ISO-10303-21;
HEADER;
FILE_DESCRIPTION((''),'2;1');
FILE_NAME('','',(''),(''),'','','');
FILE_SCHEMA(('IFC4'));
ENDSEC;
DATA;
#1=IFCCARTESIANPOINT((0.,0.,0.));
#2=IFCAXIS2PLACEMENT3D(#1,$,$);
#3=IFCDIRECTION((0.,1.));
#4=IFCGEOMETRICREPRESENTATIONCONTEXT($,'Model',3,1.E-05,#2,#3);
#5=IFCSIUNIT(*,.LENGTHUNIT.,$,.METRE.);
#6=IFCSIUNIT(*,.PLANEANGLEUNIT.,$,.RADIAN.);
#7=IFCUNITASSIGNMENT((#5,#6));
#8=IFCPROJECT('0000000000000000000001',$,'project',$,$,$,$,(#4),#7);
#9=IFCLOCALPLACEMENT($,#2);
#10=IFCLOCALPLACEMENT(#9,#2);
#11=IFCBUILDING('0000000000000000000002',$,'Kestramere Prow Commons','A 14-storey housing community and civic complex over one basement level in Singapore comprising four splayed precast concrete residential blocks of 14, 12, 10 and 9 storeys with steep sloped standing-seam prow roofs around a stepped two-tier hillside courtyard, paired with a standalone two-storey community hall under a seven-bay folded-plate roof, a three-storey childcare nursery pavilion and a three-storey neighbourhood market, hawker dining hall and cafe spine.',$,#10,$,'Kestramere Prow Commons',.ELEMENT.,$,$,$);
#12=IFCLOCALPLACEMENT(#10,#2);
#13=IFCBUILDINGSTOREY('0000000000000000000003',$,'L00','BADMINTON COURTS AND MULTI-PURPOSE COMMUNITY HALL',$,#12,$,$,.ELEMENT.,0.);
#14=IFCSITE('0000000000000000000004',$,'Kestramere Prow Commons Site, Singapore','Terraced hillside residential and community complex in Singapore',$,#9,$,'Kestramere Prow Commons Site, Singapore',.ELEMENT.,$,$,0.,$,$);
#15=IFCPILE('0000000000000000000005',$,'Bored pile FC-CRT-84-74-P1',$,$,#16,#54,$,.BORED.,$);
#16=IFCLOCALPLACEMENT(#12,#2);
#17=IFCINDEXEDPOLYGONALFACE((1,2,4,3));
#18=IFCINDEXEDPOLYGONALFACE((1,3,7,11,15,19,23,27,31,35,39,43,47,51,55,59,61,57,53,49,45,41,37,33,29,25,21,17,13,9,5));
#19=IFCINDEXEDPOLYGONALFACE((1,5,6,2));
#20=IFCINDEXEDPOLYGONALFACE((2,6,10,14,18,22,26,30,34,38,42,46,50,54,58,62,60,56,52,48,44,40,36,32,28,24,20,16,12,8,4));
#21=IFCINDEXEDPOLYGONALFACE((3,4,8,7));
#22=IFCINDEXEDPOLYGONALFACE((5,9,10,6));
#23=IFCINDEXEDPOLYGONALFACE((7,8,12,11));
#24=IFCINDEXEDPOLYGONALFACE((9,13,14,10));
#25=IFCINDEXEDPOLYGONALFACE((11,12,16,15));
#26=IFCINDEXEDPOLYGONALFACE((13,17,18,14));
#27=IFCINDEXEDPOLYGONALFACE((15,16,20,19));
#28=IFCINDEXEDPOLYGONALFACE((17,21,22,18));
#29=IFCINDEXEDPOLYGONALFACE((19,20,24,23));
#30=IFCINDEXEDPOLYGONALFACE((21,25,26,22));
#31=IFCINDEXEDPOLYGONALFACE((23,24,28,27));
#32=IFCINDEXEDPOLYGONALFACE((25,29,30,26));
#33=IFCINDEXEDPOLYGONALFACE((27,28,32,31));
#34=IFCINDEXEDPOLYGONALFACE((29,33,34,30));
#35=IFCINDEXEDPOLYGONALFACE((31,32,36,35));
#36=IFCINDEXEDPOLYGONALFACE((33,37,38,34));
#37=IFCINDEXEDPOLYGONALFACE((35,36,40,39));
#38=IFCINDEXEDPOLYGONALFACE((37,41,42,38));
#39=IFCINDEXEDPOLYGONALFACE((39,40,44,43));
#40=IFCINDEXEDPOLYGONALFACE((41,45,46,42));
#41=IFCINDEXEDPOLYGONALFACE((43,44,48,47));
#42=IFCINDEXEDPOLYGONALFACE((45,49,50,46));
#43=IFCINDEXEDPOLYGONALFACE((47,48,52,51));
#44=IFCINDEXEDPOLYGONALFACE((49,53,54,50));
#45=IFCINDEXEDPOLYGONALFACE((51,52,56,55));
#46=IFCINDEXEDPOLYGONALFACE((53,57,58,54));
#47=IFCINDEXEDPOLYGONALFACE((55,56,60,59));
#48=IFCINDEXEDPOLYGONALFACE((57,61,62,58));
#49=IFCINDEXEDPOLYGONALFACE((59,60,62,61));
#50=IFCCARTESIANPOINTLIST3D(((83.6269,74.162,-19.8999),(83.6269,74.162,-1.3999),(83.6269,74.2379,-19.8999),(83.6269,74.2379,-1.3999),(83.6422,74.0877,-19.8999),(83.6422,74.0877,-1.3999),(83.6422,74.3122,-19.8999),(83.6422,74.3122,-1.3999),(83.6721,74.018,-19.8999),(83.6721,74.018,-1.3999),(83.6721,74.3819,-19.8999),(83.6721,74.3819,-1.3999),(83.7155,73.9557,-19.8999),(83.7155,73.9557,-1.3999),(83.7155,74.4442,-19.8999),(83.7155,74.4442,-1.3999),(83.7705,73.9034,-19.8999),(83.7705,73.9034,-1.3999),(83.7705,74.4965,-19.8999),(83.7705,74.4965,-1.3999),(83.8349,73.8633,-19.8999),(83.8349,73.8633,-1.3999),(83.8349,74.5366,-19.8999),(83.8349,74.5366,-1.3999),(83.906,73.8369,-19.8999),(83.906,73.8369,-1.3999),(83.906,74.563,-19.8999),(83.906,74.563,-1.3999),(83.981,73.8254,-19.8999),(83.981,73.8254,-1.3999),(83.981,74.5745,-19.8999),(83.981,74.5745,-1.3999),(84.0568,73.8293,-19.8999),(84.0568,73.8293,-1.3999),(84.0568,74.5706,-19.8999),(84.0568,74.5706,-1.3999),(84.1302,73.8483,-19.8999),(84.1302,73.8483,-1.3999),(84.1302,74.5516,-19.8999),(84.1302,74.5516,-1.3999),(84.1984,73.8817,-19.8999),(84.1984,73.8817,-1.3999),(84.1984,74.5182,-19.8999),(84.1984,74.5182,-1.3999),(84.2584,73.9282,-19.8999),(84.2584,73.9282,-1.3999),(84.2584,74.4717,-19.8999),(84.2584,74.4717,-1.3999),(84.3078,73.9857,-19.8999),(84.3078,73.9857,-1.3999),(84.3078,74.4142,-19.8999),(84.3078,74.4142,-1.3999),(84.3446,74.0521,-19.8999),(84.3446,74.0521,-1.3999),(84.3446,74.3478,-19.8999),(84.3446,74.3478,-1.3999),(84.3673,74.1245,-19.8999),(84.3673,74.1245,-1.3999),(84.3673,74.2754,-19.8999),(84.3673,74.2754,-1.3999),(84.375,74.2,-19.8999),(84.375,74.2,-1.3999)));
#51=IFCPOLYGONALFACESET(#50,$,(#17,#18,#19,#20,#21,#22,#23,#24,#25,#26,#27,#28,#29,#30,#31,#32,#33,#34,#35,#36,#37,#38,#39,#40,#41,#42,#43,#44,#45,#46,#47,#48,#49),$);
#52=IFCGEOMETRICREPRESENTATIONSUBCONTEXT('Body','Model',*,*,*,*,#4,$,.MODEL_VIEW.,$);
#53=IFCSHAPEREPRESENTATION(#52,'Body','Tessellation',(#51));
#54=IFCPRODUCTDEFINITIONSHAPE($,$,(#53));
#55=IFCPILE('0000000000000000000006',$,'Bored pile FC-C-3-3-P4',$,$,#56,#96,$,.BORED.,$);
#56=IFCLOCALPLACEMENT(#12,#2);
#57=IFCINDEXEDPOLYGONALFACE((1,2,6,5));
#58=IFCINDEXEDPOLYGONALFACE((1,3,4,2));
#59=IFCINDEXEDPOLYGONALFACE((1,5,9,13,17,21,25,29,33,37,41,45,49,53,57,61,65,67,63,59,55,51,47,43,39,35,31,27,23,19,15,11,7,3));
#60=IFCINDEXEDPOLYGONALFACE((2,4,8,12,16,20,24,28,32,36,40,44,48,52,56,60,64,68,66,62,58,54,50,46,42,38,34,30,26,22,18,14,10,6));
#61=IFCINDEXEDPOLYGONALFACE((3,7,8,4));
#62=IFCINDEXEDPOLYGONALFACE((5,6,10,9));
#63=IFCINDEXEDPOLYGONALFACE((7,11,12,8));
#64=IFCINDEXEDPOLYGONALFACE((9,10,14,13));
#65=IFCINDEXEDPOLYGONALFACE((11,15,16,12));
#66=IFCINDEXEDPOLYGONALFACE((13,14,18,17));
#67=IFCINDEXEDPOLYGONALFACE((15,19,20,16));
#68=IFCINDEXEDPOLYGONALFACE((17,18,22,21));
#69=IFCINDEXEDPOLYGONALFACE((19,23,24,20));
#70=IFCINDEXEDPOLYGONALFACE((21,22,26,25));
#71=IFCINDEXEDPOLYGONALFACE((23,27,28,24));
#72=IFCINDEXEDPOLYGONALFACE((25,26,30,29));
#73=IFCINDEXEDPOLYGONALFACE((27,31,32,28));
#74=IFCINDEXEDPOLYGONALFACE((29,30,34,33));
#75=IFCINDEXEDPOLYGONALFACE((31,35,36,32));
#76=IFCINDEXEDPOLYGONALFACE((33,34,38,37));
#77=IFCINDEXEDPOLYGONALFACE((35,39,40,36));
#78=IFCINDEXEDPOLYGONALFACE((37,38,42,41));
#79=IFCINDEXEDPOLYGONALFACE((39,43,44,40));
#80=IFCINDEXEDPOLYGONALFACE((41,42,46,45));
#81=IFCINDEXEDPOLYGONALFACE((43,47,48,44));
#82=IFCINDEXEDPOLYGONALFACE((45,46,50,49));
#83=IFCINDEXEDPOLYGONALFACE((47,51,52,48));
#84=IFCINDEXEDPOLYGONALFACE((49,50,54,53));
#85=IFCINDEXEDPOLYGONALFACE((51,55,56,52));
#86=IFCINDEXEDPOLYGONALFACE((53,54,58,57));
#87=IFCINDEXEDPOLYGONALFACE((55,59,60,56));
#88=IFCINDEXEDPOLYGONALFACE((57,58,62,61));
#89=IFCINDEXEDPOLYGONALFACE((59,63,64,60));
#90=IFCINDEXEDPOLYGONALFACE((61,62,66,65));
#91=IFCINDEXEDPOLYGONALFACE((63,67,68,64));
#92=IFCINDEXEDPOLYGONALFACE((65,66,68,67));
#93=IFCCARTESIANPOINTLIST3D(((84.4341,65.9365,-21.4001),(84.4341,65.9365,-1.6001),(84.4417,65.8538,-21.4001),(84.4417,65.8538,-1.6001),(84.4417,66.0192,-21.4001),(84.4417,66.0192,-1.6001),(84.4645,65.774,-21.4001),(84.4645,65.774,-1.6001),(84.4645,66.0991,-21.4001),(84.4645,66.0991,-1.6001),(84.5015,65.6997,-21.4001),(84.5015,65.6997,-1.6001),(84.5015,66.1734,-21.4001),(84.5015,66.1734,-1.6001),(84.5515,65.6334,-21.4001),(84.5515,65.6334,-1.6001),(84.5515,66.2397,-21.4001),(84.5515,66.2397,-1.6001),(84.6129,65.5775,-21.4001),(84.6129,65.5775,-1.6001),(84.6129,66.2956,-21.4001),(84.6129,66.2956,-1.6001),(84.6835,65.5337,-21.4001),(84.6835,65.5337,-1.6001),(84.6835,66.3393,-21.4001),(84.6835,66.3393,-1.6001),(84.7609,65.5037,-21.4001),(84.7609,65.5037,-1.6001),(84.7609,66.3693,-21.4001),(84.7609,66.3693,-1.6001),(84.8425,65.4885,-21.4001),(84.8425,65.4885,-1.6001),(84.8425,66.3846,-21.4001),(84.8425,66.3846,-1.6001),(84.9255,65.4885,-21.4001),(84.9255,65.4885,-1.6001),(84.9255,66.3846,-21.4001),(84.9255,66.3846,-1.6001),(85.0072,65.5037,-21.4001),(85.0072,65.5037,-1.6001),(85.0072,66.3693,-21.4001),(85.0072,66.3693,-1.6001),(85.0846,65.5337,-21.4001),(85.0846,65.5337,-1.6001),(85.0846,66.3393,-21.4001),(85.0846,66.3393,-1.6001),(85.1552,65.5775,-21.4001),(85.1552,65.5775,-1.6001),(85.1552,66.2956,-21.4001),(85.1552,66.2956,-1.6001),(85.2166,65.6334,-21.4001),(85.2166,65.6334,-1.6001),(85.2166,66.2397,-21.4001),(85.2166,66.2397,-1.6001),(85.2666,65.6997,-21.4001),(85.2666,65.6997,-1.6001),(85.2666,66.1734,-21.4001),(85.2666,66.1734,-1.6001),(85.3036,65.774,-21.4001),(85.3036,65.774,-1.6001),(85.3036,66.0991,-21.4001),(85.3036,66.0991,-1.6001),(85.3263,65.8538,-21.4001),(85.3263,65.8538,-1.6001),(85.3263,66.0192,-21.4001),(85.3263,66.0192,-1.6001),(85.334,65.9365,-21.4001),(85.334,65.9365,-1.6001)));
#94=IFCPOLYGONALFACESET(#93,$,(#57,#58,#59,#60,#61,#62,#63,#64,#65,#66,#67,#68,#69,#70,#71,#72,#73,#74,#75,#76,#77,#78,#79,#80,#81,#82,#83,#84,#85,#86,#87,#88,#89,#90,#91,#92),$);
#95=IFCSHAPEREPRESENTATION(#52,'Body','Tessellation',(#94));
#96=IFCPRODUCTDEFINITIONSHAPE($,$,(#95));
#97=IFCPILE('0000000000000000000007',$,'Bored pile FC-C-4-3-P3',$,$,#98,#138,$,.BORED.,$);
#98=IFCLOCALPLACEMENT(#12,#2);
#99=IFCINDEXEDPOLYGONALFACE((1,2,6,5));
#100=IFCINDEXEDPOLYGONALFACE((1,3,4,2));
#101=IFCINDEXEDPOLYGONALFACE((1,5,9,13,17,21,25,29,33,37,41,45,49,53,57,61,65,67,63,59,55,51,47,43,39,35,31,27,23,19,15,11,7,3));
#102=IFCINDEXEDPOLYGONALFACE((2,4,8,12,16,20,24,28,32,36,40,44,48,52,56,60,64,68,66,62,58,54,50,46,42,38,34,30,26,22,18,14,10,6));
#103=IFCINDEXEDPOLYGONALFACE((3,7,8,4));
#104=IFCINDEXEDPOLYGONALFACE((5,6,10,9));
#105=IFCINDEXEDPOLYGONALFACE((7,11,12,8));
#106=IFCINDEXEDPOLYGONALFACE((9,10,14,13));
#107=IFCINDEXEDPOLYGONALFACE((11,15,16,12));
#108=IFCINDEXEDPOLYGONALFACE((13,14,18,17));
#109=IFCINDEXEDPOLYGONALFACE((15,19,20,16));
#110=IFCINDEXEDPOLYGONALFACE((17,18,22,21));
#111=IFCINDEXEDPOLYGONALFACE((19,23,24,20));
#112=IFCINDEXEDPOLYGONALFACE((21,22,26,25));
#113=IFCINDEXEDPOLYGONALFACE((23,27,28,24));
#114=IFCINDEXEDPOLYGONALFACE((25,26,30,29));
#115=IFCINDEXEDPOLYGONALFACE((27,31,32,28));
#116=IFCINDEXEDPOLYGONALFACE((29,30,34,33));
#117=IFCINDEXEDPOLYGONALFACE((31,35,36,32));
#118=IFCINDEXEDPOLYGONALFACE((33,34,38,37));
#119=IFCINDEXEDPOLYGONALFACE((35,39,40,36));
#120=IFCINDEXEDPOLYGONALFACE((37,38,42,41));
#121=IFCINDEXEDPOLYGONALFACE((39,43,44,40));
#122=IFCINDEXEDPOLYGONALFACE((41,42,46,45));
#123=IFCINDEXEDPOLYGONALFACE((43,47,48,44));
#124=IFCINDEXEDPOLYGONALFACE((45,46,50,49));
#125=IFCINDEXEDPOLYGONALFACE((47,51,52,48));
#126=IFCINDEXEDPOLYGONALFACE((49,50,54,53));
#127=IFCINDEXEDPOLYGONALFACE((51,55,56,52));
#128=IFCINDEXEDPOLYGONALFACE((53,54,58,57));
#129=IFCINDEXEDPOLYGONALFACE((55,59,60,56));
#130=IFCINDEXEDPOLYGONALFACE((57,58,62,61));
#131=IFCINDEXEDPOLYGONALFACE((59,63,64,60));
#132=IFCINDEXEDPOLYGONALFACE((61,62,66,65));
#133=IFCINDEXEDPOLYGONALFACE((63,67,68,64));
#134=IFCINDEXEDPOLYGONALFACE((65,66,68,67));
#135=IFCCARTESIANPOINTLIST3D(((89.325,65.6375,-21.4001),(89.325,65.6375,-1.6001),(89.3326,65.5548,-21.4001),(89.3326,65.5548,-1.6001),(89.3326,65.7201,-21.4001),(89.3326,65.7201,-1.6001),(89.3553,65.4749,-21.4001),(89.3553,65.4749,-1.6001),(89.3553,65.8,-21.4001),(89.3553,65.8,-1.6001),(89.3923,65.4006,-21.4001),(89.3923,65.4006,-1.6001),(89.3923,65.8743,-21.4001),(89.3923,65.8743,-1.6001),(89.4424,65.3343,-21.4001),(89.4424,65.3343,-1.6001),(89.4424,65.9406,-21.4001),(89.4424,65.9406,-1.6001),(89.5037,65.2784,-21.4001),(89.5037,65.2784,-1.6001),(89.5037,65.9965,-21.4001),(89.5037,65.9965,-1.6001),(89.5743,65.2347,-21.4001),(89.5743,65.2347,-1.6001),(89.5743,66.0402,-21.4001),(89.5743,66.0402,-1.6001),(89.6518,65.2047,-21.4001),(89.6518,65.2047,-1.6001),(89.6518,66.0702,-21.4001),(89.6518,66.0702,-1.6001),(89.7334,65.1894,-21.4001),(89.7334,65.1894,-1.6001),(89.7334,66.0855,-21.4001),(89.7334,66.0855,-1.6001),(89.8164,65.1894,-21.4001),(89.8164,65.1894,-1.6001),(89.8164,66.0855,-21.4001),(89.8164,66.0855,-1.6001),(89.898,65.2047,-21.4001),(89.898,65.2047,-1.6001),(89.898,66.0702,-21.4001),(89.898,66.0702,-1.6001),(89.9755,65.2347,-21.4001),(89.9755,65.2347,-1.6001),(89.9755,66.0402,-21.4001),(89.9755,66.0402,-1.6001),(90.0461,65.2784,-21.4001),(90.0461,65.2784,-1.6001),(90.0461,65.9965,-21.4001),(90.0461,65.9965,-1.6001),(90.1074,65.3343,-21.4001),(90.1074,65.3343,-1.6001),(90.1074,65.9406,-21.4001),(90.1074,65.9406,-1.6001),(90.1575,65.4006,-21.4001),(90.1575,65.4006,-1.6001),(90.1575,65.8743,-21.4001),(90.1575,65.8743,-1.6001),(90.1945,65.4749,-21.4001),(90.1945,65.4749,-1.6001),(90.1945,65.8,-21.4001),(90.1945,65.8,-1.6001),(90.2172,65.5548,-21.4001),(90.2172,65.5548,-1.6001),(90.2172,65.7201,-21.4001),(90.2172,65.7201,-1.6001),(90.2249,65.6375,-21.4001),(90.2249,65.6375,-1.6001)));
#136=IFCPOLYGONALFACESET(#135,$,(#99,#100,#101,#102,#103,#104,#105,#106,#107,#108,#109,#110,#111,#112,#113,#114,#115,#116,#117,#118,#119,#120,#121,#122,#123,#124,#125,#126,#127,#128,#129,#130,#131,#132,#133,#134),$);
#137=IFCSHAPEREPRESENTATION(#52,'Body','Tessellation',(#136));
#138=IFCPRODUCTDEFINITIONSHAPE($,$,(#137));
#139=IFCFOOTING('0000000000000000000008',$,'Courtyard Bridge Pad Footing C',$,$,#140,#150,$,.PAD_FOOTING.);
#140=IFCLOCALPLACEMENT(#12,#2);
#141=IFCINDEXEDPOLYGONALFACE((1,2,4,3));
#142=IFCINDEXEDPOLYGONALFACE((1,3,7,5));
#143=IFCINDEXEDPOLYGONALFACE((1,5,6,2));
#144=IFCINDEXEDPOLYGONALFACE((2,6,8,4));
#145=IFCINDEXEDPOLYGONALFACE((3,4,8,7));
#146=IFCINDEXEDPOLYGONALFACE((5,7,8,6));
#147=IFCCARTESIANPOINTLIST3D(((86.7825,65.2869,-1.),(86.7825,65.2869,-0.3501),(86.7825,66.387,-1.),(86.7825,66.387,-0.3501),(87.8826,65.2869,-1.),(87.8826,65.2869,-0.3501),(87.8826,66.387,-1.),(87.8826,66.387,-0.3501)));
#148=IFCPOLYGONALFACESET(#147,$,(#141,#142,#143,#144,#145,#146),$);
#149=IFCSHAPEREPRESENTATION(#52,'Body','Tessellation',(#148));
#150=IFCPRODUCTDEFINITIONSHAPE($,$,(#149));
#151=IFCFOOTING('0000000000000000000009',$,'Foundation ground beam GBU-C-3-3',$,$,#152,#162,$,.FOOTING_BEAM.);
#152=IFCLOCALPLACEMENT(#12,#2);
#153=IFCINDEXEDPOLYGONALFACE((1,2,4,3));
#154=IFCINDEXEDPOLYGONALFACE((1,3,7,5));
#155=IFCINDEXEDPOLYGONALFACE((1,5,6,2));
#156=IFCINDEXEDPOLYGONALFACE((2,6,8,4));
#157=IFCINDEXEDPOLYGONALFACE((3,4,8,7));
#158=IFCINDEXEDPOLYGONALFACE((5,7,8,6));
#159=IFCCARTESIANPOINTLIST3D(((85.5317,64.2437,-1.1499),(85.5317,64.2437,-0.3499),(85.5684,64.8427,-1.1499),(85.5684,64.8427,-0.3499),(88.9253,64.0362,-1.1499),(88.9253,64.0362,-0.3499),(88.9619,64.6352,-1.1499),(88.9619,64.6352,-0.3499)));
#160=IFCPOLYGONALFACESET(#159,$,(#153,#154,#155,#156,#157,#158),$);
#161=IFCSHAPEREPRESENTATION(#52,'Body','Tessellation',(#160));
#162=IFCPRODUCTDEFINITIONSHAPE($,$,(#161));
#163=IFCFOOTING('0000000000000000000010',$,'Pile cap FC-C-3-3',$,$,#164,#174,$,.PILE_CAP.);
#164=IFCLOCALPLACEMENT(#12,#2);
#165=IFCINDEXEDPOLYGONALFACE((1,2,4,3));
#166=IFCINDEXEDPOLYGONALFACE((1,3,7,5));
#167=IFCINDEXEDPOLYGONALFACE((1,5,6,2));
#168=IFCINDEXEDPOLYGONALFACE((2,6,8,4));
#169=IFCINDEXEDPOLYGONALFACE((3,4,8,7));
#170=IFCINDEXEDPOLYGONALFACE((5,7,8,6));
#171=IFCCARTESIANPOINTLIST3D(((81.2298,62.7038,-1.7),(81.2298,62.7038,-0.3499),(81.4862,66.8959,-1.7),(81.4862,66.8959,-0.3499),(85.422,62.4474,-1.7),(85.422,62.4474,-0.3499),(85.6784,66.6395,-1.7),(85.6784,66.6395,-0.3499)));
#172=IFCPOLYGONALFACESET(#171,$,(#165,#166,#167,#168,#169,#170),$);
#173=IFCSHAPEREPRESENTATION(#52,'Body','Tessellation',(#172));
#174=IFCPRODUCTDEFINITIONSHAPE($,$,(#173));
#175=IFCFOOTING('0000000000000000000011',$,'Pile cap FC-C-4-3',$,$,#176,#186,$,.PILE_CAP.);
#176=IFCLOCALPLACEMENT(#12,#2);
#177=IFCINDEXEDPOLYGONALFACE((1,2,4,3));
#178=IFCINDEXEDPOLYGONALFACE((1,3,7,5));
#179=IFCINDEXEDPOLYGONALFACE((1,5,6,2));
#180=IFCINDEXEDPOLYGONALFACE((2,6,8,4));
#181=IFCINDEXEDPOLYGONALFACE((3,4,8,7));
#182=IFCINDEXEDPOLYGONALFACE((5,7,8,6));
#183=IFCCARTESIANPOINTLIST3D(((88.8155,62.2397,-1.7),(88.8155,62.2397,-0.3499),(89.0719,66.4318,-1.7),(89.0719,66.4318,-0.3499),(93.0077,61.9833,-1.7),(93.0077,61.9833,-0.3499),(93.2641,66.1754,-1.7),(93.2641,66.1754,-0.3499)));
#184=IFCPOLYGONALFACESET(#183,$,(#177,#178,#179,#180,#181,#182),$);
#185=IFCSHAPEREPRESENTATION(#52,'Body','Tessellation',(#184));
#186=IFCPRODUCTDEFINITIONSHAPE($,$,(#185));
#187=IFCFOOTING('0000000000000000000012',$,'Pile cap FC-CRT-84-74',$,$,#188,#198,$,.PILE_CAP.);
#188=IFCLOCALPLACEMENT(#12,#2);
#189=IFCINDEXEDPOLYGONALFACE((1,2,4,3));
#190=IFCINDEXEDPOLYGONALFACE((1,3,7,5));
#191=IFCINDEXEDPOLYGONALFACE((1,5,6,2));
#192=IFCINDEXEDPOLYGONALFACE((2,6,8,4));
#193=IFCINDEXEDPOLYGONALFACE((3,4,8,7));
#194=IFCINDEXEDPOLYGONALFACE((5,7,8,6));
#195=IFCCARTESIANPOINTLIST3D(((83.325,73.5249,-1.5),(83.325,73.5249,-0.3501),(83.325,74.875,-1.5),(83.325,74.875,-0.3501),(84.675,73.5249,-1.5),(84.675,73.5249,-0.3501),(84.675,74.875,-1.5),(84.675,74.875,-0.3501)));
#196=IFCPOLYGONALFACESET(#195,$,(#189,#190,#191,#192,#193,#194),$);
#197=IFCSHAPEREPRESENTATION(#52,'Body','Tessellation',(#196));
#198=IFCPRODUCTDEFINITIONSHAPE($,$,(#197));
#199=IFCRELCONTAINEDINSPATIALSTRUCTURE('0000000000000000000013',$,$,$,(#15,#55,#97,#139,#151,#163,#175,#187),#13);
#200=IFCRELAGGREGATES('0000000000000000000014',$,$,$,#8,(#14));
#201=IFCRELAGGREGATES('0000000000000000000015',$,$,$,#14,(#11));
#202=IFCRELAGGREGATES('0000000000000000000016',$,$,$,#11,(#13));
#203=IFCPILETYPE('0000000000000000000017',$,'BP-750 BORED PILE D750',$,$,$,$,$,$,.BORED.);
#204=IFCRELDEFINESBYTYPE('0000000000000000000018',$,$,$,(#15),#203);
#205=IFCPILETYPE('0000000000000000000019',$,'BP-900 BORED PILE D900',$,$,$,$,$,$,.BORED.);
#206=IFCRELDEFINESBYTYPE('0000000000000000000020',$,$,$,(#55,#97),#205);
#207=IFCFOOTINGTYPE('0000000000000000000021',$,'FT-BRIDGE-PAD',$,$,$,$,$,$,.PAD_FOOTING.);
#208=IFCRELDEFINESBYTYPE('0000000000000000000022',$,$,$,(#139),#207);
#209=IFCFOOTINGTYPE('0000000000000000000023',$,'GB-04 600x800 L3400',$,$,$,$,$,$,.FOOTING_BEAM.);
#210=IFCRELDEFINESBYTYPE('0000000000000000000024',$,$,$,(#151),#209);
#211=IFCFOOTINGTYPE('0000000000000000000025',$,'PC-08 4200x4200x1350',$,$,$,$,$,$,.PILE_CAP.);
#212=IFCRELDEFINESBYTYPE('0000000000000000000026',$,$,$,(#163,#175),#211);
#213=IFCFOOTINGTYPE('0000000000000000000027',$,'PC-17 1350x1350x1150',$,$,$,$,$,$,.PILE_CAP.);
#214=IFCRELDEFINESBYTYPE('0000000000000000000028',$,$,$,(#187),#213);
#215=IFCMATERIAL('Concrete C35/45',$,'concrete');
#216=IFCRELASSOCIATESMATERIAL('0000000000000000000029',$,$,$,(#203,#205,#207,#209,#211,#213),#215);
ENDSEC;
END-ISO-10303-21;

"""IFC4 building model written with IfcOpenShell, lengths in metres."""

from ifc_helpers import new_model, si_unit, direction, frame, origin, origin_2d, place, context, subcontext, project, spatial, rectangle, circle, extrude, material, material_profile, profile_set, type_object, element, save


model = new_model("IFC4")

# Units and contexts
model_context = context("Model", 3, precision=1e-05, world=origin(), true_north=direction((0.0, 1.0)))
body_context = subcontext(model_context, "Body", "Model", "MODEL_VIEW")
ifc_project = project(units=[si_unit("LENGTHUNIT", "METRE"), si_unit("PLANEANGLEUNIT", "RADIAN")], contexts=[model_context])

# Site, building, storey
site_placement = place(None, origin())
site = spatial("IfcSite", under=ifc_project, at=site_placement, Name="Kestramere Prow Commons Site, Singapore", Description="Terraced hillside residential and community complex in Singapore", LongName="Kestramere Prow Commons Site, Singapore", CompositionType="ELEMENT", RefElevation=0.0)
building_placement = place(site_placement, origin())
building = spatial("IfcBuilding", under=site, at=building_placement, Name="Kestramere Prow Commons", Description="A 14-storey housing community and civic complex over one basement level in Singapore comprising four splayed precast concrete residential blocks of 14, 12, 10 and 9 storeys with steep sloped standing-seam prow roofs around a stepped two-tier hillside courtyard, paired with a standalone two-storey community hall under a seven-bay folded-plate roof, a three-storey childcare nursery pavilion and a three-storey neighbourhood market, hawker dining hall and cafe spine.", LongName="Kestramere Prow Commons", CompositionType="ELEMENT")
storey_placement = place(building_placement, origin())
storey = spatial("IfcBuildingStorey", under=building, at=storey_placement, Name="L00", Description="BADMINTON COURTS AND MULTI-PURPOSE COMMUNITY HALL", CompositionType="ELEMENT", Elevation=0.0)

# Piles
ifc_material_1 = material(Name="Concrete C35/45", Category="concrete")
ifc_material_profile_1 = material_profile(ifc_material_1, circle(Radius=0.375, at=origin_2d()), Name="BORED PILE D750")
ifc_profile_set_1 = profile_set([ifc_material_profile_1], Name="Concrete C35/45")
pile_type_1 = type_object("IfcPileType", Name="BP-750 BORED PILE D750", PredefinedType="BORED", material=ifc_profile_set_1)
pile_placement = place(storey_placement, frame((84.0, 74.2, -1.3999), z_axis=(0.0, 0.0, -1.0), x_axis=(1.0, 0.0, 0.0)))
element("IfcPile", 1, at=pile_placement, inside=storey, type_object=pile_type_1, Name="Bored pile FC-CRT-84-74-P1", PredefinedType="BORED", context=body_context, shape_type="SweptSolid", body=[
    extrude(circle(Radius=0.375, at=origin_2d()), origin(), (0.0, 0.0, 1.0), 18.5),
])
ifc_material_profile_2 = material_profile(ifc_material_1, circle(Radius=0.45, at=origin_2d()), Name="BORED PILE D900")
ifc_profile_set_2 = profile_set([ifc_material_profile_2], Name="Concrete C35/45")
pile_type_2 = type_object("IfcPileType", Name="BP-900 BORED PILE D900", PredefinedType="BORED", material=ifc_profile_set_2)
for number, where, z_axis, x_axis, name in (
    (2, (84.884, 65.9365, -1.6001), (0.0, 0.0, -1.0), (1.0, 0.0, 0.0), "Bored pile FC-C-3-3-P4"),
    (3, (89.7749, 65.6375, -1.6001), (0.0, 0.0, -1.0), (1.0, 0.0, 0.0), "Bored pile FC-C-4-3-P3"),
):
    element("IfcPile", number, at=place(storey_placement, frame(where, z_axis=z_axis, x_axis=x_axis)), inside=storey, type_object=pile_type_2, Name=name, PredefinedType="BORED", context=body_context, shape_type="SweptSolid", body=[
        extrude(circle(Radius=0.45, at=origin_2d()), origin(), (0.0, 0.0, 1.0), 19.8),
    ])

# Footings
footing_type_1 = type_object("IfcFootingType", Name="FT-BRIDGE-PAD", PredefinedType="PAD_FOOTING", material=ifc_material_1)
footing_1_placement = place(storey_placement, frame((87.3325, 65.8369, -1.0), z_axis=(0.0, 0.0, 1.0), x_axis=(1.0, 0.0, 0.0)))
element("IfcFooting", 4, at=footing_1_placement, inside=storey, type_object=footing_type_1, Name="Courtyard Bridge Pad Footing C", PredefinedType="PAD_FOOTING", context=body_context, shape_type="SweptSolid", body=[
    extrude(rectangle(XDim=1.1001, YDim=1.1001, at=origin_2d()), origin(), (0.0, 0.0, 1.0), 0.6499),
])
footing_type_2 = type_object("IfcFootingType", Name="GB-04 600x800 L3400", PredefinedType="FOOTING_BEAM", material=ifc_material_1)
footing_2_placement = place(storey_placement, frame((87.2468, 64.4395, -1.1499), z_axis=(0.0, 0.0, 1.0), x_axis=(0.998135, -0.061049, 0.0)))
element("IfcFooting", 5, at=footing_2_placement, inside=storey, type_object=footing_type_2, Name="Foundation ground beam GBU-C-3-3", PredefinedType="FOOTING_BEAM", context=body_context, shape_type="SweptSolid", body=[
    extrude(rectangle(XDim=3.3999, YDim=0.6001, at=origin_2d()), origin(), (0.0, 0.0, 1.0), 0.8),
])
footing_type_3 = type_object("IfcFootingType", Name="PC-08 4200x4200x1350", PredefinedType="PILE_CAP", material=ifc_material_1)
for number, where, z_axis, x_axis, name in (
    (6, (83.4541, 64.6716, -1.7), (0.0, 0.0, 1.0), (0.998135, -0.061049, 0.0), "Pile cap FC-C-3-3"),
    (7, (91.0398, 64.2075, -1.7), (0.0, 0.0, 1.0), (0.998135, -0.061049, 0.0), "Pile cap FC-C-4-3"),
):
    element("IfcFooting", number, at=place(storey_placement, frame(where, z_axis=z_axis, x_axis=x_axis)), inside=storey, type_object=footing_type_3, Name=name, PredefinedType="PILE_CAP", context=body_context, shape_type="SweptSolid", body=[
        extrude(rectangle(XDim=4.2, YDim=4.2, at=origin_2d()), origin(), (0.0, 0.0, 1.0), 1.3501),
    ])
footing_type_4 = type_object("IfcFootingType", Name="PC-17 1350x1350x1150", PredefinedType="PILE_CAP", material=ifc_material_1)
footing_3_placement = place(storey_placement, frame((84.0, 74.2, -1.5), z_axis=(0.0, 0.0, 1.0), x_axis=(1.0, 0.0, 0.0)))
element("IfcFooting", 8, at=footing_3_placement, inside=storey, type_object=footing_type_4, Name="Pile cap FC-CRT-84-74", PredefinedType="PILE_CAP", context=body_context, shape_type="SweptSolid", body=[
    extrude(rectangle(XDim=1.3501, YDim=1.3501, at=origin_2d()), origin(), (0.0, 0.0, 1.0), 1.1499),
])

save(model, "model.ifc")
